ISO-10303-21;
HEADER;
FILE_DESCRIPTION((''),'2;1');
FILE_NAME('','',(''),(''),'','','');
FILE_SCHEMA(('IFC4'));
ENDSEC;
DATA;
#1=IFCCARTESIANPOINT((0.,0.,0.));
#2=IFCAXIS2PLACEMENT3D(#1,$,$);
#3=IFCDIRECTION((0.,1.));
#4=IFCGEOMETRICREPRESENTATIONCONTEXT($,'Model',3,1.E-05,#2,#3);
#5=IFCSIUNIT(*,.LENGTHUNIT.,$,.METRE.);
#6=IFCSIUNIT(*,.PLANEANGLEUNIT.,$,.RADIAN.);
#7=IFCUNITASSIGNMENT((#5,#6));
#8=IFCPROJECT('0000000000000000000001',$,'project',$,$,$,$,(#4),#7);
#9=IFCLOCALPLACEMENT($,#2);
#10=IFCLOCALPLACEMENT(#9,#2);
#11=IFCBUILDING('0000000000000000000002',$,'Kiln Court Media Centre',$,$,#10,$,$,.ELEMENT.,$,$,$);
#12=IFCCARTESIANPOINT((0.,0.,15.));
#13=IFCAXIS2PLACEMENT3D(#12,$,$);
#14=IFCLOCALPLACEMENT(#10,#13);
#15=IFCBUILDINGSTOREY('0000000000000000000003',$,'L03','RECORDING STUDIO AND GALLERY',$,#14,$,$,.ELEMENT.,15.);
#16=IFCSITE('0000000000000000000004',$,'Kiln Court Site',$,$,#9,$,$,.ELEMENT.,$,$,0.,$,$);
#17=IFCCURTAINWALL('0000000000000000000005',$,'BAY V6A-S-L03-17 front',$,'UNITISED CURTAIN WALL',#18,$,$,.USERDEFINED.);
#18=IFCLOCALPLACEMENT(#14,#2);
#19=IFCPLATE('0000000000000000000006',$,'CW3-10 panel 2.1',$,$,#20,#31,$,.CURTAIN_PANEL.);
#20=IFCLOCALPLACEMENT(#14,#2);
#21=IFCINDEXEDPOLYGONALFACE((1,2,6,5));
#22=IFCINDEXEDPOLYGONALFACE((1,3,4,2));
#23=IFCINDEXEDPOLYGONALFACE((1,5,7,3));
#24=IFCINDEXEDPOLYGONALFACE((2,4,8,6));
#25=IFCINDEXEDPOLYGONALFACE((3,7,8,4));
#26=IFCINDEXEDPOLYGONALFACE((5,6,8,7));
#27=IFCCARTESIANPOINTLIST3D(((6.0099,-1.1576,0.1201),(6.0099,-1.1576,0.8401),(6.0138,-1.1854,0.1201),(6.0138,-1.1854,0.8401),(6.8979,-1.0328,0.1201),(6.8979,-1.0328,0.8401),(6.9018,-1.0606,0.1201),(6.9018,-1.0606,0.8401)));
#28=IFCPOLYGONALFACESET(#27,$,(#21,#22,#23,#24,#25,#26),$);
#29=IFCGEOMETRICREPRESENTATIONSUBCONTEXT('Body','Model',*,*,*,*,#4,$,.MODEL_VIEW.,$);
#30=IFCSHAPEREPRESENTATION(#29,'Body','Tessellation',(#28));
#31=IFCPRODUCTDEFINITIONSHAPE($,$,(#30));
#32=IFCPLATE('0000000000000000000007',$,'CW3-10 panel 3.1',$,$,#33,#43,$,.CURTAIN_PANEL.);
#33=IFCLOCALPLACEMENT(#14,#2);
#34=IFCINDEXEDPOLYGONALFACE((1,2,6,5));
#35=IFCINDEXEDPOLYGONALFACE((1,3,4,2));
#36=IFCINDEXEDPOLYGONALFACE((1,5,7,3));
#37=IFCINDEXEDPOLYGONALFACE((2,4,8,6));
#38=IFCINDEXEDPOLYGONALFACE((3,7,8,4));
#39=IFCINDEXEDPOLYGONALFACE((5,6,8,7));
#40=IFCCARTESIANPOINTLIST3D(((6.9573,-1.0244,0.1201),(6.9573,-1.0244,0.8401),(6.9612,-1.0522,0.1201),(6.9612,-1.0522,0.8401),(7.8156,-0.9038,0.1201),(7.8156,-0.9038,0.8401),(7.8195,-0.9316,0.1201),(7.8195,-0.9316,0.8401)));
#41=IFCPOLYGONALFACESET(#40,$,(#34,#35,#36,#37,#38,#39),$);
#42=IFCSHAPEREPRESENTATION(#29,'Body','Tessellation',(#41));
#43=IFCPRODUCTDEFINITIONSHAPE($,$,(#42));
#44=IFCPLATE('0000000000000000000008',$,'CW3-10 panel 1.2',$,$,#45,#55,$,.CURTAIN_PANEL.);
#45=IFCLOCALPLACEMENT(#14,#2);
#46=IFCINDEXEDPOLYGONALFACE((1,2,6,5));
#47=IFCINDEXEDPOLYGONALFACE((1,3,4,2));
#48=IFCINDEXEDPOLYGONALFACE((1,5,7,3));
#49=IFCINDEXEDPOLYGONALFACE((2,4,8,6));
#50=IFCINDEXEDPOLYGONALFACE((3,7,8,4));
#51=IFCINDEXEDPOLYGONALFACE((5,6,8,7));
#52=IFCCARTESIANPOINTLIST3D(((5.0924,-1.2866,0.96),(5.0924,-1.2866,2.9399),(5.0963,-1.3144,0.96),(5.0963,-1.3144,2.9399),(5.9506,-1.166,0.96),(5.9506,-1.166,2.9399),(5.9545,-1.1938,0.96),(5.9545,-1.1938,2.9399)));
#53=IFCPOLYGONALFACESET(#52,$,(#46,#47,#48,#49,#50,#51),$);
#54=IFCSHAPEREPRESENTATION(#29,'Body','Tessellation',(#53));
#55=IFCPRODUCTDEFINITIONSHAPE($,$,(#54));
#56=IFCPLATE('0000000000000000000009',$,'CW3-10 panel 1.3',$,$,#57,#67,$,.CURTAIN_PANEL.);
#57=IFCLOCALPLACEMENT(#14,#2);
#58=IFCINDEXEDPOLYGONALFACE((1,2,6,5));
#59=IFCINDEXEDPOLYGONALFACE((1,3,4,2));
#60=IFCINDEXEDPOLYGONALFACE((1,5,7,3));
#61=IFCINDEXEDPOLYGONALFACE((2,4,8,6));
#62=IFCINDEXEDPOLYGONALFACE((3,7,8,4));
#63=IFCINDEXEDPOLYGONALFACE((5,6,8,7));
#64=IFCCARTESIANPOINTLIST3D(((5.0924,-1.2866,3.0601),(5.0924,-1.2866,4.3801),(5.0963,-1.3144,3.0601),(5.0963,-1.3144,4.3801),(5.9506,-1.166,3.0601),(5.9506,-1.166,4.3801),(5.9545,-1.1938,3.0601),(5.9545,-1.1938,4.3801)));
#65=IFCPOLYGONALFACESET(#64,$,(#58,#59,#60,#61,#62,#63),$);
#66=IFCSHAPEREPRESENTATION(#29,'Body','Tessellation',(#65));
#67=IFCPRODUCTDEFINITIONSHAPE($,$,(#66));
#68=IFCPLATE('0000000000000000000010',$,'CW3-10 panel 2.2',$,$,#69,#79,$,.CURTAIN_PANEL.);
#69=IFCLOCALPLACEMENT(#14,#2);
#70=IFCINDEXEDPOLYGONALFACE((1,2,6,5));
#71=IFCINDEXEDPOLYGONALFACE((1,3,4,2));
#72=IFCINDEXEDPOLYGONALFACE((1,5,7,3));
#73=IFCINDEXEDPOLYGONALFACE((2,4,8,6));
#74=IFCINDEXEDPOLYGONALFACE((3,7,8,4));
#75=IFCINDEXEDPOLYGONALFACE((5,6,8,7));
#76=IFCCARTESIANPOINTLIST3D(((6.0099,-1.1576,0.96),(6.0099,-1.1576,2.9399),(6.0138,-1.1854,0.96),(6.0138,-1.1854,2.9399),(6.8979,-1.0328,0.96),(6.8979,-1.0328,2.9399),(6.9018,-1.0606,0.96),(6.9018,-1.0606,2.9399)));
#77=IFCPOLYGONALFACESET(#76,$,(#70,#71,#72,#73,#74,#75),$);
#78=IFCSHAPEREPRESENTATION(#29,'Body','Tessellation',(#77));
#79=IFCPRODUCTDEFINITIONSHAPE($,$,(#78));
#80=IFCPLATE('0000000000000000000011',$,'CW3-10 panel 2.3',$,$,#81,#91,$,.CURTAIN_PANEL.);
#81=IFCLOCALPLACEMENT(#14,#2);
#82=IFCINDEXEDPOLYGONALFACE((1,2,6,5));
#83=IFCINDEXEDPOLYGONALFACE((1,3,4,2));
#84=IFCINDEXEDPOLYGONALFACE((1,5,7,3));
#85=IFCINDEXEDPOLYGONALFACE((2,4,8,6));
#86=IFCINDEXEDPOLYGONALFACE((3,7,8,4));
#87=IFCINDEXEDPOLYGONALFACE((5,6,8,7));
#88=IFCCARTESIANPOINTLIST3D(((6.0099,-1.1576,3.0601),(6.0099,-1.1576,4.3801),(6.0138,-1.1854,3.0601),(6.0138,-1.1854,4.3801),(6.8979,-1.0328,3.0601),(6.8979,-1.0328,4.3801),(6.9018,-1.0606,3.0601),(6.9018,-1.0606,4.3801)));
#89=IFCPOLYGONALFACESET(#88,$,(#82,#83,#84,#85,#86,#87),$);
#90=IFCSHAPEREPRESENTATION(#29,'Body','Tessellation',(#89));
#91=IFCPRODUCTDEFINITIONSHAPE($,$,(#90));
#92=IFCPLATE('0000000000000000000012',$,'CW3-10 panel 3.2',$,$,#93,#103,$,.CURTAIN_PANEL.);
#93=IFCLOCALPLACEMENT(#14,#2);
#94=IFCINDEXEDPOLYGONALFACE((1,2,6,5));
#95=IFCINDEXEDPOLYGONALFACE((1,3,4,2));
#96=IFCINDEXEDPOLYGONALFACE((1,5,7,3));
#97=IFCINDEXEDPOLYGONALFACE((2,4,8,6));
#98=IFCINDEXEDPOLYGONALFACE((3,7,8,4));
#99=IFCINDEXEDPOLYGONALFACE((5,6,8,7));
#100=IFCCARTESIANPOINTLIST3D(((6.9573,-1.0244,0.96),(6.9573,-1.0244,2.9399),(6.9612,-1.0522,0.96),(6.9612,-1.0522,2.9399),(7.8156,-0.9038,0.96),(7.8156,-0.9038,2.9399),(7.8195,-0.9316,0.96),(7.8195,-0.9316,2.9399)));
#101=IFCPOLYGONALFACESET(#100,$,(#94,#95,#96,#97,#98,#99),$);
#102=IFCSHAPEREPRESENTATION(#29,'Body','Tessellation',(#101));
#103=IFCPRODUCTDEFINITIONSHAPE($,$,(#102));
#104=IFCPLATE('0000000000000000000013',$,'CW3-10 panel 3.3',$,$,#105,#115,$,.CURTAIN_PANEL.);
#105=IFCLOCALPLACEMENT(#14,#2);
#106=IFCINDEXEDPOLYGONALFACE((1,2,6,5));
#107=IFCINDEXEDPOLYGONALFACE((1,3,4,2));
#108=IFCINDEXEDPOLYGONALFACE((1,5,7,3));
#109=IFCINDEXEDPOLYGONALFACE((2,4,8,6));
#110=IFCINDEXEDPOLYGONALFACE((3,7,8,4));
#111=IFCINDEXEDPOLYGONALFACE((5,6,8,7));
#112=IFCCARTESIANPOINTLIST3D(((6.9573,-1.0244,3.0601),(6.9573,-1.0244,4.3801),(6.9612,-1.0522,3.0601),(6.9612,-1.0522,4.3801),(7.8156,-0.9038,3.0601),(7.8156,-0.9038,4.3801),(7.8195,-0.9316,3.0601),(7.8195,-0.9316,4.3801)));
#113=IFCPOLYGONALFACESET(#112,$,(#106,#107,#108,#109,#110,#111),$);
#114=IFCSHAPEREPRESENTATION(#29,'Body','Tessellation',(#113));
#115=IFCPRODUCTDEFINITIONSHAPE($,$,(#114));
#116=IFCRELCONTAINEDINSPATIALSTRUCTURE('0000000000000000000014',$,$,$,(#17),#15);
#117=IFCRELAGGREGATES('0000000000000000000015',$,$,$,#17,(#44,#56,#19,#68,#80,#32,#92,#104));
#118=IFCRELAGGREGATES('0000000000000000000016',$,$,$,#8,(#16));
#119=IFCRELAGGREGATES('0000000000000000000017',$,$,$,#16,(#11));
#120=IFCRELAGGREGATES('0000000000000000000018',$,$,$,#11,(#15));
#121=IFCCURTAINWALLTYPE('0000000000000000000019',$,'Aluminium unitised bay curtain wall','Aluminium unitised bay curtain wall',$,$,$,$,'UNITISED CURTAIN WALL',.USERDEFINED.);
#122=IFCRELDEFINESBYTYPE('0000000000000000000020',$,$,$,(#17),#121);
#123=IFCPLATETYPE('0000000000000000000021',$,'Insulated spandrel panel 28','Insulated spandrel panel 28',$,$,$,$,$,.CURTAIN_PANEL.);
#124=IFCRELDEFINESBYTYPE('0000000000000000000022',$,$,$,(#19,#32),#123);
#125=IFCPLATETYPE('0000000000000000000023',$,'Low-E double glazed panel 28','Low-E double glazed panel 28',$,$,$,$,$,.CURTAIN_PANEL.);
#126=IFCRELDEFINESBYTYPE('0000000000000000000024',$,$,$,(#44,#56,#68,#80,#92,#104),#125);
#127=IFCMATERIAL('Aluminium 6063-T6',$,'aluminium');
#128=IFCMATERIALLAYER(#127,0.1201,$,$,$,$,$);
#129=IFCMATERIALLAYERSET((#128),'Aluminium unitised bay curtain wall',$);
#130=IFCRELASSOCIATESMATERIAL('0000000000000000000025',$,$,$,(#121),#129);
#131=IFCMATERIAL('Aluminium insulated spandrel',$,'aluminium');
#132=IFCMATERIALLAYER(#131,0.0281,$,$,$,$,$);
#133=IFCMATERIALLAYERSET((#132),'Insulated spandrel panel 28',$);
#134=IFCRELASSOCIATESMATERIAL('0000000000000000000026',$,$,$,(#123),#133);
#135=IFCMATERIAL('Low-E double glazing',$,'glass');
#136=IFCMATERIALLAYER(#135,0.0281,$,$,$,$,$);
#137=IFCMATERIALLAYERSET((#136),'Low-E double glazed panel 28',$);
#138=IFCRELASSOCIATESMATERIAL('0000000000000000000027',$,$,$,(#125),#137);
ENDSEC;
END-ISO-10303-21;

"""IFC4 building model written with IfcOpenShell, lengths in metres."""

from ifc_helpers import new_model, si_unit, direction, frame, origin, origin_2d, place, context, subcontext, project, spatial, rectangle, extrude, material, layer, layer_set, type_object, element, aggregate, save


model = new_model("IFC4")

# Units and contexts
model_context = context("Model", 3, precision=1e-05, world=origin(), true_north=direction((0.0, 1.0)))
body_context = subcontext(model_context, "Body", "Model", "MODEL_VIEW")
ifc_project = project(units=[si_unit("LENGTHUNIT", "METRE"), si_unit("PLANEANGLEUNIT", "RADIAN")], contexts=[model_context])

# Site, building, storey
site_placement = place(None, origin())
site = spatial("IfcSite", under=ifc_project, at=site_placement, Name="Kiln Court Site", CompositionType="ELEMENT", RefElevation=0.0)
building_placement = place(site_placement, origin())
building = spatial("IfcBuilding", under=site, at=building_placement, Name="Kiln Court Media Centre", CompositionType="ELEMENT")
storey_placement = place(building_placement, frame((0.0, 0.0, 15.0)))
storey = spatial("IfcBuildingStorey", under=building, at=storey_placement, Name="L03", Description="RECORDING STUDIO AND GALLERY", CompositionType="ELEMENT", Elevation=15.0)

# Curtain wall, plates
ifc_material_1 = material(Name="Aluminium 6063-T6", Category="aluminium")
ifc_layer_1 = layer(ifc_material_1, 0.1201)
ifc_layer_set_1 = layer_set([ifc_layer_1], Name="Aluminium unitised bay curtain wall")
curtain_wall_type = type_object("IfcCurtainWallType", Name="Aluminium unitised bay curtain wall", Description="Aluminium unitised bay curtain wall", ElementType="UNITISED CURTAIN WALL", PredefinedType="USERDEFINED", material=ifc_layer_set_1)
curtain_wall_placement = place(storey_placement, origin())
curtain_wall = element("IfcCurtainWall", 1, at=curtain_wall_placement, inside=storey, type_object=curtain_wall_type, Name="BAY V6A-S-L03-17 front", ObjectType="UNITISED CURTAIN WALL", PredefinedType="USERDEFINED")
ifc_material_2 = material(Name="Aluminium insulated spandrel", Category="aluminium")
ifc_layer_2 = layer(ifc_material_2, 0.0281)
ifc_layer_set_2 = layer_set([ifc_layer_2], Name="Insulated spandrel panel 28")
plate_type_1 = type_object("IfcPlateType", Name="Insulated spandrel panel 28", Description="Insulated spandrel panel 28", PredefinedType="CURTAIN_PANEL", material=ifc_layer_set_2)
plate_1_placement = place(storey_placement, frame((6.4558, -1.1091, 0.1201), z_axis=(0.0, 0.0, 1.0), x_axis=(0.99027, 0.139162, 0.0)))
plate_1 = element("IfcPlate", 2, at=plate_1_placement, type_object=plate_type_1, Name="CW3-10 panel 2.1", PredefinedType="CURTAIN_PANEL", context=body_context, shape_type="SweptSolid", body=[
    extrude(rectangle(XDim=0.8967, YDim=0.0281, at=origin_2d()), origin(), (0.0, 0.0, 1.0), 0.72),
])
plate_2_placement = place(storey_placement, frame((7.3884, -0.978, 0.1201), z_axis=(0.0, 0.0, 1.0), x_axis=(0.99027, 0.139162, 0.0)))
plate_2 = element("IfcPlate", 3, at=plate_2_placement, type_object=plate_type_1, Name="CW3-10 panel 3.1", PredefinedType="CURTAIN_PANEL", context=body_context, shape_type="SweptSolid", body=[
    extrude(rectangle(XDim=0.8667, YDim=0.0281, at=origin_2d()), origin(), (0.0, 0.0, 1.0), 0.72),
])
ifc_material_3 = material(Name="Low-E double glazing", Category="glass")
ifc_layer_3 = layer(ifc_material_3, 0.0281)
ifc_layer_set_3 = layer_set([ifc_layer_3], Name="Low-E double glazed panel 28")
plate_type_2 = type_object("IfcPlateType", Name="Low-E double glazed panel 28", Description="Low-E double glazed panel 28", PredefinedType="CURTAIN_PANEL", material=ifc_layer_set_3)
plate_3_placement = place(storey_placement, frame((5.5234, -1.2402, 0.96), z_axis=(0.0, 0.0, 1.0), x_axis=(0.99027, 0.139162, 0.0)))
plate_3 = element("IfcPlate", 4, at=plate_3_placement, type_object=plate_type_2, Name="CW3-10 panel 1.2", PredefinedType="CURTAIN_PANEL", context=body_context, shape_type="SweptSolid", body=[
    extrude(rectangle(XDim=0.8667, YDim=0.0281, at=origin_2d()), origin(), (0.0, 0.0, 1.0), 1.98),
])
plate_4_placement = place(storey_placement, frame((5.5234, -1.2402, 3.0601), z_axis=(0.0, 0.0, 1.0), x_axis=(0.99027, 0.139162, 0.0)))
plate_4 = element("IfcPlate", 5, at=plate_4_placement, type_object=plate_type_2, Name="CW3-10 panel 1.3", PredefinedType="CURTAIN_PANEL", context=body_context, shape_type="SweptSolid", body=[
    extrude(rectangle(XDim=0.8667, YDim=0.0281, at=origin_2d()), origin(), (0.0, 0.0, 1.0), 1.3201),
])
plate_5_placement = place(storey_placement, frame((6.4558, -1.1091, 0.96), z_axis=(0.0, 0.0, 1.0), x_axis=(0.99027, 0.139162, 0.0)))
plate_5 = element("IfcPlate", 6, at=plate_5_placement, type_object=plate_type_2, Name="CW3-10 panel 2.2", PredefinedType="CURTAIN_PANEL", context=body_context, shape_type="SweptSolid", body=[
    extrude(rectangle(XDim=0.8967, YDim=0.0281, at=origin_2d()), origin(), (0.0, 0.0, 1.0), 1.98),
])
plate_6_placement = place(storey_placement, frame((6.4558, -1.1091, 3.0601), z_axis=(0.0, 0.0, 1.0), x_axis=(0.99027, 0.139162, 0.0)))
plate_6 = element("IfcPlate", 7, at=plate_6_placement, type_object=plate_type_2, Name="CW3-10 panel 2.3", PredefinedType="CURTAIN_PANEL", context=body_context, shape_type="SweptSolid", body=[
    extrude(rectangle(XDim=0.8967, YDim=0.0281, at=origin_2d()), origin(), (0.0, 0.0, 1.0), 1.3201),
])
plate_7_placement = place(storey_placement, frame((7.3884, -0.978, 0.96), z_axis=(0.0, 0.0, 1.0), x_axis=(0.99027, 0.139162, 0.0)))
plate_7 = element("IfcPlate", 8, at=plate_7_placement, type_object=plate_type_2, Name="CW3-10 panel 3.2", PredefinedType="CURTAIN_PANEL", context=body_context, shape_type="SweptSolid", body=[
    extrude(rectangle(XDim=0.8667, YDim=0.0281, at=origin_2d()), origin(), (0.0, 0.0, 1.0), 1.98),
])
plate_8_placement = place(storey_placement, frame((7.3884, -0.978, 3.0601), z_axis=(0.0, 0.0, 1.0), x_axis=(0.99027, 0.139162, 0.0)))
plate_8 = element("IfcPlate", 9, at=plate_8_placement, type_object=plate_type_2, Name="CW3-10 panel 3.3", PredefinedType="CURTAIN_PANEL", context=body_context, shape_type="SweptSolid", body=[
    extrude(rectangle(XDim=0.8667, YDim=0.0281, at=origin_2d()), origin(), (0.0, 0.0, 1.0), 1.3201),
])
aggregate(curtain_wall, [plate_3, plate_4, plate_1, plate_5, plate_6, plate_2, plate_7, plate_8])

save(model, "model.ifc")
